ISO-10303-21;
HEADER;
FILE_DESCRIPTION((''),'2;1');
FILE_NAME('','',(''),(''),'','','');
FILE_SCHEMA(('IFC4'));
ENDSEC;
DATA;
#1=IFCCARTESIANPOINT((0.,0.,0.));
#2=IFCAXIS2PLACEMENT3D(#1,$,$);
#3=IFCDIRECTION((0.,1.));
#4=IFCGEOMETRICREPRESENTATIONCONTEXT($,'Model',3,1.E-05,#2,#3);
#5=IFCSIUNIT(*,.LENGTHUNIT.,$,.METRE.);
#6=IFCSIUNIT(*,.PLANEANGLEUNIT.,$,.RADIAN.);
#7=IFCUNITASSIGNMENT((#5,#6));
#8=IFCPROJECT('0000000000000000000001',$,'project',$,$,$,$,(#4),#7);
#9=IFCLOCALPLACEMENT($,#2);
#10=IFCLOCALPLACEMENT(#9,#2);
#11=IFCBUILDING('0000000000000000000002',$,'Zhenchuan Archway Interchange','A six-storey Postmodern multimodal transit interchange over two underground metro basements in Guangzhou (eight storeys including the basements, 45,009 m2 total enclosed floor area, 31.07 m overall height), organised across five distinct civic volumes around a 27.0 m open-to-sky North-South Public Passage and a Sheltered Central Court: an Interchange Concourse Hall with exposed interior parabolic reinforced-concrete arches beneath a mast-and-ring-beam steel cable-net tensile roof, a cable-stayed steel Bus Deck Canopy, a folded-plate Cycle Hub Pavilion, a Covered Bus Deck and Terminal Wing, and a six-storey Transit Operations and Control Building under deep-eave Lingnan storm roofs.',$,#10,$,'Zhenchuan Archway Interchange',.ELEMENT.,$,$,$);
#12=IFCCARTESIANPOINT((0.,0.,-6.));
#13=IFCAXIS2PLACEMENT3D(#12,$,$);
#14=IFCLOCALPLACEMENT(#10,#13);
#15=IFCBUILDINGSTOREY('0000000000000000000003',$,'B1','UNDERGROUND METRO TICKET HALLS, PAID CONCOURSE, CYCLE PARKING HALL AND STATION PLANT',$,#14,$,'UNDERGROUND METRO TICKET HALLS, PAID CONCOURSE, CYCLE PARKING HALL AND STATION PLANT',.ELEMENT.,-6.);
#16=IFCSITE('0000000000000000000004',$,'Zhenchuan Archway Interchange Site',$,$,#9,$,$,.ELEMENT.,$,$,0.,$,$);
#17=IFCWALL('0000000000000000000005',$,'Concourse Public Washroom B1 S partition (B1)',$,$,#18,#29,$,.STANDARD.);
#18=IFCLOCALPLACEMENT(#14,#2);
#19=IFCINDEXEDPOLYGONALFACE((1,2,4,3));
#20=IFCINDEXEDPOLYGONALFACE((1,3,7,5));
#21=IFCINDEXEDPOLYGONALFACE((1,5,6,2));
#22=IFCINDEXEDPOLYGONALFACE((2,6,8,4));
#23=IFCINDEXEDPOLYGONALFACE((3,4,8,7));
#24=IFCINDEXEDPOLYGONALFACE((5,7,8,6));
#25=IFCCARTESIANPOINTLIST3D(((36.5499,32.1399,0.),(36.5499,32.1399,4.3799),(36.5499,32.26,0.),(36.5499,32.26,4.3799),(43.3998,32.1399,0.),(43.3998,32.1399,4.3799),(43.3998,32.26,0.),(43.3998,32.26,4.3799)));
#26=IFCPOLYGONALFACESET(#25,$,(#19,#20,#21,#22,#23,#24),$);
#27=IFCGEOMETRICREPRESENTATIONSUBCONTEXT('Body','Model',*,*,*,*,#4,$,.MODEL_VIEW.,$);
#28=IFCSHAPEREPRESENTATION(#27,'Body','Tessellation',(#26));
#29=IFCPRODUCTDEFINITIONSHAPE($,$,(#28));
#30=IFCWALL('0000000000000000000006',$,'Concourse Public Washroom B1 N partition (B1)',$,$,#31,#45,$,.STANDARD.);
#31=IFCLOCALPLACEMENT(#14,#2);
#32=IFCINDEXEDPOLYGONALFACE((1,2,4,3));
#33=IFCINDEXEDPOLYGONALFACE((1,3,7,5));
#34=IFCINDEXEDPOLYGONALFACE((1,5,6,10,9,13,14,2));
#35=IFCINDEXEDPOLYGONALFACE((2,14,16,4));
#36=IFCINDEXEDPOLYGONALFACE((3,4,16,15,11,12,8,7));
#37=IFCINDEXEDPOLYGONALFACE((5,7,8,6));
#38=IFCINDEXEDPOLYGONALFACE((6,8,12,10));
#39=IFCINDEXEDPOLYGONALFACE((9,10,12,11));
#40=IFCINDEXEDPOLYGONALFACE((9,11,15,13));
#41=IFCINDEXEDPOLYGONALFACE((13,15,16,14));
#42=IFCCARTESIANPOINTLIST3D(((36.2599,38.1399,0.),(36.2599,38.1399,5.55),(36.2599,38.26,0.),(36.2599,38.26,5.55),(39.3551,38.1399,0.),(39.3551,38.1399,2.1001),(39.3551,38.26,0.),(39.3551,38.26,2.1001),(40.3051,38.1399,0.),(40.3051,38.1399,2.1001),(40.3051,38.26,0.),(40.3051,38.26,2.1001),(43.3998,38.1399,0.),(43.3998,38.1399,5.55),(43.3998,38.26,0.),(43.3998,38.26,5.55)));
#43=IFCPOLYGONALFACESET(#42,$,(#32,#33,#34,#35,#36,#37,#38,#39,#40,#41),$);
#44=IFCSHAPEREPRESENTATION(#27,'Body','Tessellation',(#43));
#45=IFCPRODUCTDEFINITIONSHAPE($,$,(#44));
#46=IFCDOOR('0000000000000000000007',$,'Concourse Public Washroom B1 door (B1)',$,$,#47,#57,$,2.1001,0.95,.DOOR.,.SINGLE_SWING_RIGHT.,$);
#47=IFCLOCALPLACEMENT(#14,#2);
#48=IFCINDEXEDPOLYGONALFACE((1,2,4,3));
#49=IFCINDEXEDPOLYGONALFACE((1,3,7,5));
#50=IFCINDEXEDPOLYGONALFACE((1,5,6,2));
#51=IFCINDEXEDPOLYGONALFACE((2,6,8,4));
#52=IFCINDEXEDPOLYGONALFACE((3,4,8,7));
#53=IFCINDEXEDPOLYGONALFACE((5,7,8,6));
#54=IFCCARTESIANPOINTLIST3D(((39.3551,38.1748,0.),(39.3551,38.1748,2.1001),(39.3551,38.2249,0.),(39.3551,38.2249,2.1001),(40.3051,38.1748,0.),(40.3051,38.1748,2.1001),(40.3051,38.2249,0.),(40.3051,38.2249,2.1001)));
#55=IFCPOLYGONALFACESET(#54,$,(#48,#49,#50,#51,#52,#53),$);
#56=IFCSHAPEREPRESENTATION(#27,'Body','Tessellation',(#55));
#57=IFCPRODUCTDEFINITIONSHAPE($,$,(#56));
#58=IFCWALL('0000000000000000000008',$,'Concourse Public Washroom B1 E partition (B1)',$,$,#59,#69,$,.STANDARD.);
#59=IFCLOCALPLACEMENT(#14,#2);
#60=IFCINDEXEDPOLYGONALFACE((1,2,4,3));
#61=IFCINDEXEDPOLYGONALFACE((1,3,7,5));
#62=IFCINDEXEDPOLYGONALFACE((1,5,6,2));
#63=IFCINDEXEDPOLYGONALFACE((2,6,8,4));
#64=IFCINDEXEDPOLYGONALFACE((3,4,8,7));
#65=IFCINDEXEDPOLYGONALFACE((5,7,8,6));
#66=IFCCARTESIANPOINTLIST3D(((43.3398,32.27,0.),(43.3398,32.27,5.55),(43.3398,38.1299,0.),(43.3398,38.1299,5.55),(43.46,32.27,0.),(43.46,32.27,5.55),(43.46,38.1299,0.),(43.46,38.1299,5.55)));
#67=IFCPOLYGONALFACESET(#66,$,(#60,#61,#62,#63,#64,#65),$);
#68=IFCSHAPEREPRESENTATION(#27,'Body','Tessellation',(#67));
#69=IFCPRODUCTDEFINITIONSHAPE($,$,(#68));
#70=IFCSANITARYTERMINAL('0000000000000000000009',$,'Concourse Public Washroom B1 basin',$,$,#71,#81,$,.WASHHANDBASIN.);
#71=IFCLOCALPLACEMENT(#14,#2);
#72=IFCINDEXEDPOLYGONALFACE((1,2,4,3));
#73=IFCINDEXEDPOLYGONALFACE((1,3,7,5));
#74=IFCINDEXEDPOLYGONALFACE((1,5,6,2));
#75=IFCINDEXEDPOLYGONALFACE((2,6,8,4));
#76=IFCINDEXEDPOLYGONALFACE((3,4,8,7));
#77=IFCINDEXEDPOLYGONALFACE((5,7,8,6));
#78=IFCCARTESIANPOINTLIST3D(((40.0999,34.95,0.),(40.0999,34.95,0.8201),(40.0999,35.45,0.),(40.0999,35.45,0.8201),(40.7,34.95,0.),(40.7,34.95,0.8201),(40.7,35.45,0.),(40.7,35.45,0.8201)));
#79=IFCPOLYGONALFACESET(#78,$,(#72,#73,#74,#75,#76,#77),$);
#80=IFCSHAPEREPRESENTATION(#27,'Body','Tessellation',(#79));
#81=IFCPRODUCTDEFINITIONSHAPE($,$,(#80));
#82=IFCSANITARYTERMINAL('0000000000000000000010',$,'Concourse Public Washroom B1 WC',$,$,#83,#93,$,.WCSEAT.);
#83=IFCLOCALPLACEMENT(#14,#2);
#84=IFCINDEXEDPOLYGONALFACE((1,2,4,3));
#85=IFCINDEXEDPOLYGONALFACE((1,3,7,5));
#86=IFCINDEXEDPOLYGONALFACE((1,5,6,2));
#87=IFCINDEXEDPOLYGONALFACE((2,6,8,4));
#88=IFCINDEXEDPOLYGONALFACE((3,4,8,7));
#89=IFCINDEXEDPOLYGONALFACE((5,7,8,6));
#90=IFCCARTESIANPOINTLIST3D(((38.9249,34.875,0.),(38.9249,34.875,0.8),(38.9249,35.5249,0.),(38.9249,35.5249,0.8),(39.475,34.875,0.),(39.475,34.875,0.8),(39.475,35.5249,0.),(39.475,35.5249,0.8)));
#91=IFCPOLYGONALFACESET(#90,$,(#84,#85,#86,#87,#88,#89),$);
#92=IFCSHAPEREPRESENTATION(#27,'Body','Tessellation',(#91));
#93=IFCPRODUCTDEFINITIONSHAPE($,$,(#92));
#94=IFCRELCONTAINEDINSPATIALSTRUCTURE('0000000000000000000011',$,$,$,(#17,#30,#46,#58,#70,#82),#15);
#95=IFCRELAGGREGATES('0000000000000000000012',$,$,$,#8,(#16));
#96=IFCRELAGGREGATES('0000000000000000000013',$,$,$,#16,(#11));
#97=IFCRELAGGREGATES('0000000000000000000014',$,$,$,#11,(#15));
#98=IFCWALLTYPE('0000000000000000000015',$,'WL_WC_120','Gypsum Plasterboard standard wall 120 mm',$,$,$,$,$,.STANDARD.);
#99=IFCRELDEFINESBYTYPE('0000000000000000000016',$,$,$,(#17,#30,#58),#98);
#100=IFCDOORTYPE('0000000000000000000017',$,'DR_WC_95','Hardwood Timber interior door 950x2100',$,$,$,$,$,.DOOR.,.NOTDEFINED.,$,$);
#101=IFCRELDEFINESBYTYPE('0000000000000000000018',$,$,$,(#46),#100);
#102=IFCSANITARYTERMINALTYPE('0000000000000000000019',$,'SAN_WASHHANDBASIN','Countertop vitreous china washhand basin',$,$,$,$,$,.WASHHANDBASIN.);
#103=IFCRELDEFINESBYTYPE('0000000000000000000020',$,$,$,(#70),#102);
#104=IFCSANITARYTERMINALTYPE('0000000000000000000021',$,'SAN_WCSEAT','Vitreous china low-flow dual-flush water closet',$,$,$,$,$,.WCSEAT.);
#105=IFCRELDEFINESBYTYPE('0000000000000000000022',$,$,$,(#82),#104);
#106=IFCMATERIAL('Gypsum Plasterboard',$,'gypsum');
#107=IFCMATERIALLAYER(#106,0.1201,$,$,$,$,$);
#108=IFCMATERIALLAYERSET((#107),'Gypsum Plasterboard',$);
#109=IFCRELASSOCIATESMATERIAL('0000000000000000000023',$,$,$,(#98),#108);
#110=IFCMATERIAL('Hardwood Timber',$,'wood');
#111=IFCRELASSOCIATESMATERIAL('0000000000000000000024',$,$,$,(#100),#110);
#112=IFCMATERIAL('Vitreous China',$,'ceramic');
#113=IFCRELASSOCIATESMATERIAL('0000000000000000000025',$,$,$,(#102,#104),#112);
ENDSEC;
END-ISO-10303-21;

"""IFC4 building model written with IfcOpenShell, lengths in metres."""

from ifc_helpers import new_model, si_unit, direction, frame, frame_2d, origin, origin_2d, place, context, subcontext, project, spatial, rectangle, extrude, material, layer, layer_set, type_object, element, fill, save


model = new_model("IFC4")

# Units and contexts
model_context = context("Model", 3, precision=1e-05, world=origin(), true_north=direction((0.0, 1.0)))
body_context = subcontext(model_context, "Body", "Model", "MODEL_VIEW")
ifc_project = project(units=[si_unit("LENGTHUNIT", "METRE"), si_unit("PLANEANGLEUNIT", "RADIAN")], contexts=[model_context])

# Site, building, storey
site_placement = place(None, origin())
site = spatial("IfcSite", under=ifc_project, at=site_placement, Name="Zhenchuan Archway Interchange Site", CompositionType="ELEMENT", RefElevation=0.0)
building_placement = place(site_placement, origin())
building = spatial("IfcBuilding", under=site, at=building_placement, Name="Zhenchuan Archway Interchange", Description="A six-storey Postmodern multimodal transit interchange over two underground metro basements in Guangzhou (eight storeys including the basements, 45,009 m2 total enclosed floor area, 31.07 m overall height), organised across five distinct civic volumes around a 27.0 m open-to-sky North-South Public Passage and a Sheltered Central Court: an Interchange Concourse Hall with exposed interior parabolic reinforced-concrete arches beneath a mast-and-ring-beam steel cable-net tensile roof, a cable-stayed steel Bus Deck Canopy, a folded-plate Cycle Hub Pavilion, a Covered Bus Deck and Terminal Wing, and a six-storey Transit Operations and Control Building under deep-eave Lingnan storm roofs.", LongName="Zhenchuan Archway Interchange", CompositionType="ELEMENT")
storey_placement = place(building_placement, frame((0.0, 0.0, -6.0)))
storey = spatial("IfcBuildingStorey", under=building, at=storey_placement, Name="B1", Description="UNDERGROUND METRO TICKET HALLS, PAID CONCOURSE, CYCLE PARKING HALL AND STATION PLANT", LongName="UNDERGROUND METRO TICKET HALLS, PAID CONCOURSE, CYCLE PARKING HALL AND STATION PLANT", CompositionType="ELEMENT", Elevation=-6.0)

# Wall
ifc_material_1 = material(Name="Gypsum Plasterboard", Category="gypsum")
ifc_layer_1 = layer(ifc_material_1, 0.1201)
ifc_layer_set_1 = layer_set([ifc_layer_1], Name="Gypsum Plasterboard")
wall_type_1 = type_object("IfcWallType", Name="WL_WC_120", Description="Gypsum Plasterboard standard wall 120 mm", PredefinedType="STANDARD", material=ifc_layer_set_1)
wall_1_placement = place(storey_placement, frame((36.55, 32.2, 0.0), z_axis=(0.0, 0.0, 1.0), x_axis=(1.0, 0.0, 0.0)))
element("IfcWall", 1, at=wall_1_placement, inside=storey, type_object=wall_type_1, Name="Concourse Public Washroom B1 S partition (B1)", PredefinedType="STANDARD", context=body_context, shape_type="SweptSolid", body=[
    extrude(rectangle(XDim=6.8499, YDim=0.1201, at=frame_2d((3.4248, 0.0))), origin(), (0.0, 0.0, 1.0), 4.3799),
])

# Wall, opening, door
wall_2_placement = place(storey_placement, frame((36.26, 38.2, 0.0), z_axis=(0.0, 0.0, 1.0), x_axis=(1.0, 0.0, 0.0)))
wall_2 = element("IfcWall", 2, at=wall_2_placement, inside=storey, type_object=wall_type_1, Name="Concourse Public Washroom B1 N partition (B1)", PredefinedType="STANDARD", context=body_context, shape_type="SweptSolid", body=[
    extrude(rectangle(XDim=7.1399, YDim=0.1201, at=frame_2d((3.5698, 0.0))), origin(), (0.0, 0.0, 1.0), 5.55),
])
opening_placement = place(wall_2_placement, frame((3.095, 0.0, 0.0)))
opening = element("IfcOpeningElement", 3, at=opening_placement, cuts=wall_2, PredefinedType="OPENING", context=body_context, shape_type="SweptSolid", body=[
    extrude(rectangle(XDim=0.95, YDim=2.1001, at=frame_2d((0.4751, 1.05))), frame((0.0, 0.072, 0.0), z_axis=(0.0, -1.0, 0.0), x_axis=(1.0, 0.0, 0.0)), (0.0, 0.0, 1.0), 0.144),
])
ifc_material_2 = material(Name="Hardwood Timber", Category="wood")
door_type = type_object("IfcDoorType", Name="DR_WC_95", Description="Hardwood Timber interior door 950x2100", OperationType="NOTDEFINED", PredefinedType="DOOR", material=ifc_material_2)
door_placement = place(opening_placement, origin())
door = element("IfcDoor", 4, at=door_placement, inside=storey, type_object=door_type, Name="Concourse Public Washroom B1 door (B1)", OperationType="SINGLE_SWING_RIGHT", OverallHeight=2.1001, OverallWidth=0.95, PredefinedType="DOOR", context=body_context, shape_type="SweptSolid", body=[
    extrude(rectangle(XDim=0.95, YDim=2.1001, at=frame_2d((0.4751, 1.05))), frame((0.0, 0.0249, 0.0), z_axis=(0.0, -1.0, 0.0), x_axis=(1.0, 0.0, 0.0)), (0.0, 0.0, 1.0), 0.05),
])
fill(opening, door)

# Wall
wall_3_placement = place(storey_placement, frame((43.3999, 32.27, 0.0), z_axis=(0.0, 0.0, 1.0), x_axis=(0.0, 1.0, 0.0)))
element("IfcWall", 5, at=wall_3_placement, inside=storey, type_object=wall_type_1, Name="Concourse Public Washroom B1 E partition (B1)", PredefinedType="STANDARD", context=body_context, shape_type="SweptSolid", body=[
    extrude(rectangle(XDim=5.8599, YDim=0.1201, at=frame_2d((2.9299, 0.0))), origin(), (0.0, 0.0, 1.0), 5.55),
])

# Sanitary terminals
ifc_material_3 = material(Name="Vitreous China", Category="ceramic")
sanitary_terminal_type_1 = type_object("IfcSanitaryTerminalType", Name="SAN_WASHHANDBASIN", Description="Countertop vitreous china washhand basin", PredefinedType="WASHHANDBASIN", material=ifc_material_3)
sanitary_terminal_1_placement = place(storey_placement, frame((40.3999, 35.2, 0.0), z_axis=(0.0, 0.0, 1.0), x_axis=(1.0, 0.0, 0.0)))
element("IfcSanitaryTerminal", 6, at=sanitary_terminal_1_placement, inside=storey, type_object=sanitary_terminal_type_1, Name="Concourse Public Washroom B1 basin", PredefinedType="WASHHANDBASIN", context=body_context, shape_type="SweptSolid", body=[
    extrude(rectangle(XDim=0.6001, YDim=0.5, at=origin_2d()), origin(), (0.0, 0.0, 1.0), 0.8201),
])
sanitary_terminal_type_2 = type_object("IfcSanitaryTerminalType", Name="SAN_WCSEAT", Description="Vitreous china low-flow dual-flush water closet", PredefinedType="WCSEAT", material=ifc_material_3)
sanitary_terminal_2_placement = place(storey_placement, frame((39.2, 35.2, 0.0), z_axis=(0.0, 0.0, 1.0), x_axis=(1.0, 0.0, 0.0)))
element("IfcSanitaryTerminal", 7, at=sanitary_terminal_2_placement, inside=storey, type_object=sanitary_terminal_type_2, Name="Concourse Public Washroom B1 WC", PredefinedType="WCSEAT", context=body_context, shape_type="SweptSolid", body=[
    extrude(rectangle(XDim=0.55, YDim=0.6499, at=origin_2d()), origin(), (0.0, 0.0, 1.0), 0.8),
])

save(model, "model.ifc")
